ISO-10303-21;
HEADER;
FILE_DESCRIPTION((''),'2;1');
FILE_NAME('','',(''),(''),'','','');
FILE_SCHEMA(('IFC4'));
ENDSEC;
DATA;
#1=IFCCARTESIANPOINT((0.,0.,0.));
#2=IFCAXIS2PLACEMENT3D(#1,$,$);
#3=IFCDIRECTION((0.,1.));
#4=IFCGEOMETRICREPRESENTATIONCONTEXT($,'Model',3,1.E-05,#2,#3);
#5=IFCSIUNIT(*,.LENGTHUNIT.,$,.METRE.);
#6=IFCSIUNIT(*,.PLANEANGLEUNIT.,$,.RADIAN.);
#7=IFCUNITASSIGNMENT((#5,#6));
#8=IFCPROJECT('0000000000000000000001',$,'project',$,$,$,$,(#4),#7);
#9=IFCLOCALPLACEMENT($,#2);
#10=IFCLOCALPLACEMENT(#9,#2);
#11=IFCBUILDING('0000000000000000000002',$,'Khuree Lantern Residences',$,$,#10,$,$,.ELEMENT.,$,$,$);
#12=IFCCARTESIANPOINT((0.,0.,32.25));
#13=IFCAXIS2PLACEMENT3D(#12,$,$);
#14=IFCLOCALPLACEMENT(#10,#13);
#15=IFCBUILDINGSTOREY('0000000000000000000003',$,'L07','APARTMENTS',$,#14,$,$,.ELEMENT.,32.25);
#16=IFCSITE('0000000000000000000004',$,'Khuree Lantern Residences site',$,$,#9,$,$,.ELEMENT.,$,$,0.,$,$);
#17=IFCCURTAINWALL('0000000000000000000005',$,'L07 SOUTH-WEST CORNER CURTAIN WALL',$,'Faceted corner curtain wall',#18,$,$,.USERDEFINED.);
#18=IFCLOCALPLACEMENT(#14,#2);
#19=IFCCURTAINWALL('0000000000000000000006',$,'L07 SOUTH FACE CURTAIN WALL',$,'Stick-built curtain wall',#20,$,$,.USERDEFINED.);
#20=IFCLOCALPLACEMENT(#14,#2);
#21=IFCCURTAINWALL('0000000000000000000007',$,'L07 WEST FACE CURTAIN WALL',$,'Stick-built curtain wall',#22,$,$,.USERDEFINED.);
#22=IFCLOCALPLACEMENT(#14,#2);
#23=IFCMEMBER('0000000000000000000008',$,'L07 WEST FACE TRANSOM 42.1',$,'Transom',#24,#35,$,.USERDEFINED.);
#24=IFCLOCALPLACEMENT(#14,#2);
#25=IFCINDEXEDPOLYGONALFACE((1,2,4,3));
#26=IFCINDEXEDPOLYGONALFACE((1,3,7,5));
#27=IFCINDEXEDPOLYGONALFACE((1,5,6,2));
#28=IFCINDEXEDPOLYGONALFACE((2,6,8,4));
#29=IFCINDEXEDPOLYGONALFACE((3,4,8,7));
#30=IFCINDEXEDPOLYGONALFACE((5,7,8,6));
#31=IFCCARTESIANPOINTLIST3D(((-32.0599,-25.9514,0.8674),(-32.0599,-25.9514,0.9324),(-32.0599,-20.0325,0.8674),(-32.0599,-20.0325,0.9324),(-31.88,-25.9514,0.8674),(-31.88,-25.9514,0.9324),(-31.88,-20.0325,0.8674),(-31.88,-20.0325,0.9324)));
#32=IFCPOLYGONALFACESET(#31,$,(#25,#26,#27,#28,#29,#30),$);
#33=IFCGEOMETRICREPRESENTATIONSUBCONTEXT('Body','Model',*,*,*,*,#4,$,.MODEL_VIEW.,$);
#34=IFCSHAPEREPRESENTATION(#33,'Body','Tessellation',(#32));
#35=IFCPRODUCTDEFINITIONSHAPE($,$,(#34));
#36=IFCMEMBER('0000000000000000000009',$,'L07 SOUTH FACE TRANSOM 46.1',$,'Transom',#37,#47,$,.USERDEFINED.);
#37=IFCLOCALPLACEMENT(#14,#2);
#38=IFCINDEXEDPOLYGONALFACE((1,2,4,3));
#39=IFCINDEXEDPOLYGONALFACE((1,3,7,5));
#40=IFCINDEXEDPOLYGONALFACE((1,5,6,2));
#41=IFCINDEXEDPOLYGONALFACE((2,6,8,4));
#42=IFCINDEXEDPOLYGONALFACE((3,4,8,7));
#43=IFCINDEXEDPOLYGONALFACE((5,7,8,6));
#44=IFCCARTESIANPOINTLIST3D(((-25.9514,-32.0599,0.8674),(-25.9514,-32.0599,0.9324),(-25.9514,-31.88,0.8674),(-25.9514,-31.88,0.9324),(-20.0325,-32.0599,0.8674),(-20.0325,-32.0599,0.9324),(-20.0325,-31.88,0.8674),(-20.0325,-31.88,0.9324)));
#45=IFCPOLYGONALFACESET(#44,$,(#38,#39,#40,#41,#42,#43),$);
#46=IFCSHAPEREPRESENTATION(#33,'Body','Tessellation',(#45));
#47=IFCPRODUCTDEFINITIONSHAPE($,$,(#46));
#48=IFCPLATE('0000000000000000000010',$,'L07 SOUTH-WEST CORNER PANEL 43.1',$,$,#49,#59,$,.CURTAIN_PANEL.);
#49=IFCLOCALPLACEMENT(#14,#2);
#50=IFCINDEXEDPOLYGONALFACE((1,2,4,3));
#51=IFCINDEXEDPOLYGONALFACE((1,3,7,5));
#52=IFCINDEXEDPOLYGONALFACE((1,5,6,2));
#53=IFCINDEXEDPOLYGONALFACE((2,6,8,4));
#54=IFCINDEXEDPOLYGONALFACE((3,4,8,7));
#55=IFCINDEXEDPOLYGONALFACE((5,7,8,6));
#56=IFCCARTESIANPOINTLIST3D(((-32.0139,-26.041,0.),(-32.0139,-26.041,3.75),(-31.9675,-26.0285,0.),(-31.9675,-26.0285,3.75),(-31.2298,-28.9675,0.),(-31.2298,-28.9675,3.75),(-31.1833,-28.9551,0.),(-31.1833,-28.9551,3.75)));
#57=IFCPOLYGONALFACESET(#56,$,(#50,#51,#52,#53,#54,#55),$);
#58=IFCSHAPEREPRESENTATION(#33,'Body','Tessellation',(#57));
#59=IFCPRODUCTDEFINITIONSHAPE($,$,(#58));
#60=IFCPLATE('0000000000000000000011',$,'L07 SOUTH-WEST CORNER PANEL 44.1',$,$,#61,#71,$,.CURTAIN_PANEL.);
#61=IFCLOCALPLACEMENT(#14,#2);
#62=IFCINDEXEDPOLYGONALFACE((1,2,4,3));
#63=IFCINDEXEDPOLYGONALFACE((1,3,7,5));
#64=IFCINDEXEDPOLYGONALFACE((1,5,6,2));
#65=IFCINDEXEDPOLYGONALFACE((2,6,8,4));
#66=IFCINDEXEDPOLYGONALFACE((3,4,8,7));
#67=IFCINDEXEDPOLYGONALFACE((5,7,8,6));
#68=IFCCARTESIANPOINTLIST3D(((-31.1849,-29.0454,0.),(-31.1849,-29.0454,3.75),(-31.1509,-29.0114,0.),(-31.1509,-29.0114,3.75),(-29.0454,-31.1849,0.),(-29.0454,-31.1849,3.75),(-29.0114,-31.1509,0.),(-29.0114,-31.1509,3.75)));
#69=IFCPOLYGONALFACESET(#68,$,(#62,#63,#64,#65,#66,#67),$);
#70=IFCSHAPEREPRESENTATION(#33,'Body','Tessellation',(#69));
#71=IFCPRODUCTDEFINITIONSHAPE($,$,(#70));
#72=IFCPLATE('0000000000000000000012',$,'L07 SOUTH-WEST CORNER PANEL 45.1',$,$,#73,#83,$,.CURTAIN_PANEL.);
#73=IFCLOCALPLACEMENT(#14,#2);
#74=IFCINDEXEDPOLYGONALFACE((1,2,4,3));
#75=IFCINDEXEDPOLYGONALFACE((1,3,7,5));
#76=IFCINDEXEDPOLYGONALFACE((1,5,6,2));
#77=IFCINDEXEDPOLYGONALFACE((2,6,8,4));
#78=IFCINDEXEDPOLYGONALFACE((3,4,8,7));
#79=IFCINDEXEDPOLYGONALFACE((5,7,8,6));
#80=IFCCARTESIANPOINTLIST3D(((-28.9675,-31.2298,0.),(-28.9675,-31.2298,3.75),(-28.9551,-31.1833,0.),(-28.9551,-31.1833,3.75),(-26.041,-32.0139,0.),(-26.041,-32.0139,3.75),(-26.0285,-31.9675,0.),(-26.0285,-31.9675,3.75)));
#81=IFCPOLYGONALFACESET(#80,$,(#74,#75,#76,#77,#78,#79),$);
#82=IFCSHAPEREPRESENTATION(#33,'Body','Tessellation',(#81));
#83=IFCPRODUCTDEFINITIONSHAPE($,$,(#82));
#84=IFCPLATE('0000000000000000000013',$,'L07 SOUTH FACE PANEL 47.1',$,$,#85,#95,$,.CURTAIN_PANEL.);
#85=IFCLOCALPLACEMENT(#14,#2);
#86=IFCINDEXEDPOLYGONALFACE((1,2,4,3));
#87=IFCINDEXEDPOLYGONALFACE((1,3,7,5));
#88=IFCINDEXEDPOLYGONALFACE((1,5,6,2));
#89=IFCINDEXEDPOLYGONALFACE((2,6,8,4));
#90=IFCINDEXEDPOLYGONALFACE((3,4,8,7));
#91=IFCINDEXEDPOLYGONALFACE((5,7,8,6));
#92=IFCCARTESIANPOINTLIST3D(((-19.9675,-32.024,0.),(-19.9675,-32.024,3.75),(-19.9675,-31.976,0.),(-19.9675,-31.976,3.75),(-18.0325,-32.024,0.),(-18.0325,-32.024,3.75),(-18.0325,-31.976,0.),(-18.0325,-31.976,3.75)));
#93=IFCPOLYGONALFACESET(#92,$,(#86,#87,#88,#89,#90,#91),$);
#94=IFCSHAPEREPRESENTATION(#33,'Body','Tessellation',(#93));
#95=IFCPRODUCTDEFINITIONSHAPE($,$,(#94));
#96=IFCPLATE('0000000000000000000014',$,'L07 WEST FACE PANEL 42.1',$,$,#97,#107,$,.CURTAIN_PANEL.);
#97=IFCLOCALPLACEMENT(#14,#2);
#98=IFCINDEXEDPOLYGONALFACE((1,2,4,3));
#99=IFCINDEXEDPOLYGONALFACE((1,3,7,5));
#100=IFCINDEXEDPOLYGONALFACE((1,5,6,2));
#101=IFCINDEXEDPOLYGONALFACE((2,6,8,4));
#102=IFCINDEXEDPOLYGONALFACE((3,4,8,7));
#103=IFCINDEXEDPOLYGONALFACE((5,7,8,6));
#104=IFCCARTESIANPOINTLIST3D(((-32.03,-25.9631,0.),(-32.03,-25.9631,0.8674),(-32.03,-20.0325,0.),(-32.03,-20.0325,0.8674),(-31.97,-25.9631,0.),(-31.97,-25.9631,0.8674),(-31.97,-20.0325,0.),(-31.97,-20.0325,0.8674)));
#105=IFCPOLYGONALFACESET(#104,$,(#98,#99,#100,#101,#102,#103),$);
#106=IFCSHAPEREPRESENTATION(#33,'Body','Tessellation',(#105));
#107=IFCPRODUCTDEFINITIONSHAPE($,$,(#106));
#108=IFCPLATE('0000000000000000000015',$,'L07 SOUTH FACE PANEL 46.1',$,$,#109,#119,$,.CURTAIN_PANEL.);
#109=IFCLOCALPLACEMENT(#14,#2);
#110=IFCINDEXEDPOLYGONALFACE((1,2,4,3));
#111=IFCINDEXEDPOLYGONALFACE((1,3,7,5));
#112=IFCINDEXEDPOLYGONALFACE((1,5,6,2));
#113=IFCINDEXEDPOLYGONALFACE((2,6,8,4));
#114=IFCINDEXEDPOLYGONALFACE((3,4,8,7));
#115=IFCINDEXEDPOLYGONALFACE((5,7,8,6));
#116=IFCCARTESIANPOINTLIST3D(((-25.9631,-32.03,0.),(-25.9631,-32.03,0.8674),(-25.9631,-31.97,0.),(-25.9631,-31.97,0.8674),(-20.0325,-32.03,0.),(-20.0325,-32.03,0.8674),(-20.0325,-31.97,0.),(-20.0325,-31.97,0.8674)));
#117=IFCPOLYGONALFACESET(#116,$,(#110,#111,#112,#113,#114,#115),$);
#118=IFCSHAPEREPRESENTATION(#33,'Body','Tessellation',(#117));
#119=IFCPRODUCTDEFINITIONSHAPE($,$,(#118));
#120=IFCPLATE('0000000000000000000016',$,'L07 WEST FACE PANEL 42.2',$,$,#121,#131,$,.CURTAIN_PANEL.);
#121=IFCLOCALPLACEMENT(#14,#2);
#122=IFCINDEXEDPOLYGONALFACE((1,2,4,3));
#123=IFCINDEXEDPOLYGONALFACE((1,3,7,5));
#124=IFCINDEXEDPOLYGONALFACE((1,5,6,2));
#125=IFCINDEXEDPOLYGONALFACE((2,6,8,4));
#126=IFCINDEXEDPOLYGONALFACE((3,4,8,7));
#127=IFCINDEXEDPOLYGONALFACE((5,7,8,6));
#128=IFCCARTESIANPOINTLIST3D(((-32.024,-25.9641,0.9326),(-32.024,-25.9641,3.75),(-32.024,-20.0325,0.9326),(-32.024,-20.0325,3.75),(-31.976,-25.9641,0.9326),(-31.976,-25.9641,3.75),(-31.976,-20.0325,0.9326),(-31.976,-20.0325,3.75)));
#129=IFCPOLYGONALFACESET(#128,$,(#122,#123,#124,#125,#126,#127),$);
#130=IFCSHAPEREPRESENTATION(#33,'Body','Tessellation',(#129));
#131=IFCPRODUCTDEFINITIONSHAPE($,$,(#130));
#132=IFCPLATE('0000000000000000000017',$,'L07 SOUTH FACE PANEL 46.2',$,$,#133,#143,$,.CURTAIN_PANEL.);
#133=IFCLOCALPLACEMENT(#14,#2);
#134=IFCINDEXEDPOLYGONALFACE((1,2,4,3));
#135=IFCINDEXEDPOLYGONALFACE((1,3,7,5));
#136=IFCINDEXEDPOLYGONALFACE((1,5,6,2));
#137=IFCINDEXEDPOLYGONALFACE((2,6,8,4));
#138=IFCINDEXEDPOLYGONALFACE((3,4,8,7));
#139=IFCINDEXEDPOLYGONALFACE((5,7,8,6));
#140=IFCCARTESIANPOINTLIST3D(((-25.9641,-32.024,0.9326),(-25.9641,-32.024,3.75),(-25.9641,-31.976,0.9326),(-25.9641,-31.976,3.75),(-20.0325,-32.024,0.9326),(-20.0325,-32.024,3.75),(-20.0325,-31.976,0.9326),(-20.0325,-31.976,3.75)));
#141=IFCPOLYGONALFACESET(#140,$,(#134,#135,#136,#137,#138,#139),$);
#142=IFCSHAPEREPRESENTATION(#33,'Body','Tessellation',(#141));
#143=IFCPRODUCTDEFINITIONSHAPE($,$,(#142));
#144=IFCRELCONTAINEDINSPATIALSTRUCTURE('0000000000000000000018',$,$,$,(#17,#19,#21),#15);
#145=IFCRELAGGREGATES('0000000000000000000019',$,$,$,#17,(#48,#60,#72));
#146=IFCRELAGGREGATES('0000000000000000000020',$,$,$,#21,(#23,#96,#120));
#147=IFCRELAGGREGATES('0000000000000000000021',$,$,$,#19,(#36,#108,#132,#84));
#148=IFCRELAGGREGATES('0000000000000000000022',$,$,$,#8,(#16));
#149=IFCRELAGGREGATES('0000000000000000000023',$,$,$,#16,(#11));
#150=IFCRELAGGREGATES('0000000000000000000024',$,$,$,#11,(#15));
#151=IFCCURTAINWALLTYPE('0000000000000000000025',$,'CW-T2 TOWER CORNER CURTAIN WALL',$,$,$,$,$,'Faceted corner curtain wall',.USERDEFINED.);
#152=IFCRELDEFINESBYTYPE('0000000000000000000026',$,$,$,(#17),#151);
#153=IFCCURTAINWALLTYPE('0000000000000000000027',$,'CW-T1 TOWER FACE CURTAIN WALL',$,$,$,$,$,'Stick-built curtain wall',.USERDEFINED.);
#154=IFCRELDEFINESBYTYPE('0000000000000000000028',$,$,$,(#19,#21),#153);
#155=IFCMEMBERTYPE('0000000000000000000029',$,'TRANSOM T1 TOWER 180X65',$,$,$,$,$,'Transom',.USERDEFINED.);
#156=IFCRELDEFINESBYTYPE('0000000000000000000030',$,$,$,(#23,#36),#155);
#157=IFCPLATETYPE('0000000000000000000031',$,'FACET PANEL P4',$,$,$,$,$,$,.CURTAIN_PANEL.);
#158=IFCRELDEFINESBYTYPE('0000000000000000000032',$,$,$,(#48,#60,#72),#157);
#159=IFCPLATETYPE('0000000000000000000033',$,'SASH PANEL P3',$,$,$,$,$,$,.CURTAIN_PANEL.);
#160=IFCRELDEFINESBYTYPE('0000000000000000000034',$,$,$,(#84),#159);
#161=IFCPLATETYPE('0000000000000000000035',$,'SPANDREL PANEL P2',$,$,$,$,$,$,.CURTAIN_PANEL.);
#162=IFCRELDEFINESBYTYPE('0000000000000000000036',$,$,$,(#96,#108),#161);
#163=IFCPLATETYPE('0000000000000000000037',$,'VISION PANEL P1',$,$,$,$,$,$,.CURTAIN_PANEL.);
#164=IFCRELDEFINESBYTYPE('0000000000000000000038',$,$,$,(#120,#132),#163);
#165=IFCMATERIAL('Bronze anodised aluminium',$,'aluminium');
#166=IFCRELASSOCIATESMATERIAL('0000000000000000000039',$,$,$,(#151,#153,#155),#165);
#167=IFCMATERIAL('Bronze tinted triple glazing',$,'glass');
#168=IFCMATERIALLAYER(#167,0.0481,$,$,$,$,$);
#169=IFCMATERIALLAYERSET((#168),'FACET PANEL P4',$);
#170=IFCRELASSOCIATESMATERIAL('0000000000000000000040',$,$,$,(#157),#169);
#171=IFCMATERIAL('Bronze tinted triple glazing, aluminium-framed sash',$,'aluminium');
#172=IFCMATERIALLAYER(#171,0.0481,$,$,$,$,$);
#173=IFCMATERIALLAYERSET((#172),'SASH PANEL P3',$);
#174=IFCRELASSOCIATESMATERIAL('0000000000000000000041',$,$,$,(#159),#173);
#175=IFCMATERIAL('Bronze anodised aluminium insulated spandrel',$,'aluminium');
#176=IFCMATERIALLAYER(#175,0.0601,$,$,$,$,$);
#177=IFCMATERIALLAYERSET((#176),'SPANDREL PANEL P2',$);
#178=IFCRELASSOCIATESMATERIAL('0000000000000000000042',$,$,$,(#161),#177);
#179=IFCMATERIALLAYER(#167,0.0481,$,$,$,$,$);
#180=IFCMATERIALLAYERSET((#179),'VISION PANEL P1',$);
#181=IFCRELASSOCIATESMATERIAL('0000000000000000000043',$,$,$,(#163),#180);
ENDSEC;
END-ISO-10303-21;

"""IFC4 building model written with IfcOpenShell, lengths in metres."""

from ifc_helpers import new_model, si_unit, direction, frame, origin, origin_2d, place, context, subcontext, project, spatial, rectangle, extrude, material, layer, layer_set, material_profile, profile_set, type_object, element, aggregate, save


model = new_model("IFC4")

# Units and contexts
model_context = context("Model", 3, precision=1e-05, world=origin(), true_north=direction((0.0, 1.0)))
body_context = subcontext(model_context, "Body", "Model", "MODEL_VIEW")
ifc_project = project(units=[si_unit("LENGTHUNIT", "METRE"), si_unit("PLANEANGLEUNIT", "RADIAN")], contexts=[model_context])

# Site, building, storey
site_placement = place(None, origin())
site = spatial("IfcSite", under=ifc_project, at=site_placement, Name="Khuree Lantern Residences site", CompositionType="ELEMENT", RefElevation=0.0)
building_placement = place(site_placement, origin())
building = spatial("IfcBuilding", under=site, at=building_placement, Name="Khuree Lantern Residences", CompositionType="ELEMENT")
storey_placement = place(building_placement, frame((0.0, 0.0, 32.25)))
storey = spatial("IfcBuildingStorey", under=building, at=storey_placement, Name="L07", Description="APARTMENTS", CompositionType="ELEMENT", Elevation=32.25)

# Curtain wall
ifc_material_1 = material(Name="Bronze anodised aluminium", Category="aluminium")
curtain_wall_type_1 = type_object("IfcCurtainWallType", Name="CW-T2 TOWER CORNER CURTAIN WALL", ElementType="Faceted corner curtain wall", PredefinedType="USERDEFINED", material=ifc_material_1)
curtain_wall_1_placement = place(storey_placement, origin())
curtain_wall_1 = element("IfcCurtainWall", 1, at=curtain_wall_1_placement, inside=storey, type_object=curtain_wall_type_1, Name="L07 SOUTH-WEST CORNER CURTAIN WALL", ObjectType="Faceted corner curtain wall", PredefinedType="USERDEFINED")

# Curtain wall
curtain_wall_type_2 = type_object("IfcCurtainWallType", Name="CW-T1 TOWER FACE CURTAIN WALL", ElementType="Stick-built curtain wall", PredefinedType="USERDEFINED", material=ifc_material_1)
curtain_wall_2_placement = place(storey_placement, origin())
curtain_wall_2 = element("IfcCurtainWall", 2, at=curtain_wall_2_placement, inside=storey, type_object=curtain_wall_type_2, Name="L07 SOUTH FACE CURTAIN WALL", ObjectType="Stick-built curtain wall", PredefinedType="USERDEFINED")

# Curtain wall, member
curtain_wall_3_placement = place(storey_placement, origin())
curtain_wall_3 = element("IfcCurtainWall", 3, at=curtain_wall_3_placement, inside=storey, type_object=curtain_wall_type_2, Name="L07 WEST FACE CURTAIN WALL", ObjectType="Stick-built curtain wall", PredefinedType="USERDEFINED")
ifc_material_profile_1 = material_profile(ifc_material_1, rectangle(XDim=0.1799, YDim=0.0649, at=origin_2d()), Name="T1 180X65")
ifc_profile_set_1 = profile_set([ifc_material_profile_1], Name="Bronze anodised aluminium")
member_type_1 = type_object("IfcMemberType", Name="TRANSOM T1 TOWER 180X65", ElementType="Transom", PredefinedType="USERDEFINED", material=ifc_profile_set_1)
member_1_placement = place(storey_placement, frame((-31.97, -20.0325, 0.8999), z_axis=(0.0, -1.0, 0.0), x_axis=(1.0, 0.0, 0.0)))
member_1 = element("IfcMember", 4, at=member_1_placement, type_object=member_type_1, Name="L07 WEST FACE TRANSOM 42.1", ObjectType="Transom", PredefinedType="USERDEFINED", context=body_context, shape_type="SweptSolid", body=[
    extrude(rectangle(XDim=0.1799, YDim=0.0649, at=origin_2d()), origin(), (0.0, 0.0, 1.0), 5.9189),
])

# Member
member_2_placement = place(storey_placement, frame((-25.9514, -31.97, 0.8999), z_axis=(1.0, 0.0, 0.0), x_axis=(0.0, 1.0, 0.0)))
member_2 = element("IfcMember", 5, at=member_2_placement, type_object=member_type_1, Name="L07 SOUTH FACE TRANSOM 46.1", ObjectType="Transom", PredefinedType="USERDEFINED", context=body_context, shape_type="SweptSolid", body=[
    extrude(rectangle(XDim=0.1799, YDim=0.0649, at=origin_2d()), origin(), (0.0, 0.0, 1.0), 5.9189),
])

# Plates
ifc_material_2 = material(Name="Bronze tinted triple glazing", Category="glass")
ifc_layer_1 = layer(ifc_material_2, 0.0481)
ifc_layer_set_1 = layer_set([ifc_layer_1], Name="FACET PANEL P4")
plate_type_1 = type_object("IfcPlateType", Name="FACET PANEL P4", PredefinedType="CURTAIN_PANEL", material=ifc_layer_set_1)
plate_1_placement = place(storey_placement, frame((-31.5986, -27.498, 0.0), z_axis=(0.0, 0.0, 1.0), x_axis=(0.258819, -0.965926, 0.0)))
plate_1 = element("IfcPlate", 6, at=plate_1_placement, type_object=plate_type_1, Name="L07 SOUTH-WEST CORNER PANEL 43.1", PredefinedType="CURTAIN_PANEL", context=body_context, shape_type="SweptSolid", body=[
    extrude(rectangle(XDim=3.0298, YDim=0.0481, at=origin_2d()), origin(), (0.0, 0.0, 1.0), 3.75),
])
plate_2_placement = place(storey_placement, frame((-30.0981, -30.0981, 0.0), z_axis=(0.0, 0.0, 1.0), x_axis=(0.707107, -0.707107, 0.0)))
plate_2 = element("IfcPlate", 7, at=plate_2_placement, type_object=plate_type_1, Name="L07 SOUTH-WEST CORNER PANEL 44.1", PredefinedType="CURTAIN_PANEL", context=body_context, shape_type="SweptSolid", body=[
    extrude(rectangle(XDim=3.0256, YDim=0.0481, at=origin_2d()), origin(), (0.0, 0.0, 1.0), 3.75),
])
plate_3_placement = place(storey_placement, frame((-27.498, -31.5986, 0.0), z_axis=(0.0, 0.0, 1.0), x_axis=(0.965926, -0.258819, 0.0)))
plate_3 = element("IfcPlate", 8, at=plate_3_placement, type_object=plate_type_1, Name="L07 SOUTH-WEST CORNER PANEL 45.1", PredefinedType="CURTAIN_PANEL", context=body_context, shape_type="SweptSolid", body=[
    extrude(rectangle(XDim=3.0298, YDim=0.0481, at=origin_2d()), origin(), (0.0, 0.0, 1.0), 3.75),
])
aggregate(curtain_wall_1, [plate_1, plate_2, plate_3])
ifc_material_3 = material(Name="Bronze tinted triple glazing, aluminium-framed sash", Category="aluminium")
ifc_layer_2 = layer(ifc_material_3, 0.0481)
ifc_layer_set_2 = layer_set([ifc_layer_2], Name="SASH PANEL P3")
plate_type_2 = type_object("IfcPlateType", Name="SASH PANEL P3", PredefinedType="CURTAIN_PANEL", material=ifc_layer_set_2)
plate_4_placement = place(storey_placement, frame((-19.0, -32.0, 0.0), z_axis=(0.0, 0.0, 1.0), x_axis=(1.0, 0.0, 0.0)))
plate_4 = element("IfcPlate", 9, at=plate_4_placement, type_object=plate_type_2, Name="L07 SOUTH FACE PANEL 47.1", PredefinedType="CURTAIN_PANEL", context=body_context, shape_type="SweptSolid", body=[
    extrude(rectangle(XDim=1.9351, YDim=0.0481, at=origin_2d()), origin(), (0.0, 0.0, 1.0), 3.75),
])
ifc_material_4 = material(Name="Bronze anodised aluminium insulated spandrel", Category="aluminium")
ifc_layer_3 = layer(ifc_material_4, 0.0601)
ifc_layer_set_3 = layer_set([ifc_layer_3], Name="SPANDREL PANEL P2")
plate_type_3 = type_object("IfcPlateType", Name="SPANDREL PANEL P2", PredefinedType="CURTAIN_PANEL", material=ifc_layer_set_3)
plate_5_placement = place(storey_placement, frame((-32.0, -22.9978, 0.0), z_axis=(0.0, 0.0, 1.0), x_axis=(0.0, -1.0, 0.0)))
plate_5 = element("IfcPlate", 10, at=plate_5_placement, type_object=plate_type_3, Name="L07 WEST FACE PANEL 42.1", PredefinedType="CURTAIN_PANEL", context=body_context, shape_type="SweptSolid", body=[
    extrude(rectangle(XDim=5.9307, YDim=0.0601, at=origin_2d()), origin(), (0.0, 0.0, 1.0), 0.8674),
])
plate_6_placement = place(storey_placement, frame((-22.9978, -32.0, 0.0), z_axis=(0.0, 0.0, 1.0), x_axis=(1.0, 0.0, 0.0)))
plate_6 = element("IfcPlate", 11, at=plate_6_placement, type_object=plate_type_3, Name="L07 SOUTH FACE PANEL 46.1", PredefinedType="CURTAIN_PANEL", context=body_context, shape_type="SweptSolid", body=[
    extrude(rectangle(XDim=5.9307, YDim=0.0601, at=origin_2d()), origin(), (0.0, 0.0, 1.0), 0.8674),
])
ifc_layer_4 = layer(ifc_material_2, 0.0481)
ifc_layer_set_4 = layer_set([ifc_layer_4], Name="VISION PANEL P1")
plate_type_4 = type_object("IfcPlateType", Name="VISION PANEL P1", PredefinedType="CURTAIN_PANEL", material=ifc_layer_set_4)
plate_7_placement = place(storey_placement, frame((-32.0, -22.9983, 0.9326), z_axis=(0.0, 0.0, 1.0), x_axis=(0.0, -1.0, 0.0)))
plate_7 = element("IfcPlate", 12, at=plate_7_placement, type_object=plate_type_4, Name="L07 WEST FACE PANEL 42.2", PredefinedType="CURTAIN_PANEL", context=body_context, shape_type="SweptSolid", body=[
    extrude(rectangle(XDim=5.9316, YDim=0.0481, at=origin_2d()), origin(), (0.0, 0.0, 1.0), 2.8174),
])
aggregate(curtain_wall_3, [member_1, plate_5, plate_7])
plate_8_placement = place(storey_placement, frame((-22.9983, -32.0, 0.9326), z_axis=(0.0, 0.0, 1.0), x_axis=(1.0, 0.0, 0.0)))
plate_8 = element("IfcPlate", 13, at=plate_8_placement, type_object=plate_type_4, Name="L07 SOUTH FACE PANEL 46.2", PredefinedType="CURTAIN_PANEL", context=body_context, shape_type="SweptSolid", body=[
    extrude(rectangle(XDim=5.9316, YDim=0.0481, at=origin_2d()), origin(), (0.0, 0.0, 1.0), 2.8174),
])
aggregate(curtain_wall_2, [member_2, plate_6, plate_8, plate_4])

save(model, "model.ifc")
